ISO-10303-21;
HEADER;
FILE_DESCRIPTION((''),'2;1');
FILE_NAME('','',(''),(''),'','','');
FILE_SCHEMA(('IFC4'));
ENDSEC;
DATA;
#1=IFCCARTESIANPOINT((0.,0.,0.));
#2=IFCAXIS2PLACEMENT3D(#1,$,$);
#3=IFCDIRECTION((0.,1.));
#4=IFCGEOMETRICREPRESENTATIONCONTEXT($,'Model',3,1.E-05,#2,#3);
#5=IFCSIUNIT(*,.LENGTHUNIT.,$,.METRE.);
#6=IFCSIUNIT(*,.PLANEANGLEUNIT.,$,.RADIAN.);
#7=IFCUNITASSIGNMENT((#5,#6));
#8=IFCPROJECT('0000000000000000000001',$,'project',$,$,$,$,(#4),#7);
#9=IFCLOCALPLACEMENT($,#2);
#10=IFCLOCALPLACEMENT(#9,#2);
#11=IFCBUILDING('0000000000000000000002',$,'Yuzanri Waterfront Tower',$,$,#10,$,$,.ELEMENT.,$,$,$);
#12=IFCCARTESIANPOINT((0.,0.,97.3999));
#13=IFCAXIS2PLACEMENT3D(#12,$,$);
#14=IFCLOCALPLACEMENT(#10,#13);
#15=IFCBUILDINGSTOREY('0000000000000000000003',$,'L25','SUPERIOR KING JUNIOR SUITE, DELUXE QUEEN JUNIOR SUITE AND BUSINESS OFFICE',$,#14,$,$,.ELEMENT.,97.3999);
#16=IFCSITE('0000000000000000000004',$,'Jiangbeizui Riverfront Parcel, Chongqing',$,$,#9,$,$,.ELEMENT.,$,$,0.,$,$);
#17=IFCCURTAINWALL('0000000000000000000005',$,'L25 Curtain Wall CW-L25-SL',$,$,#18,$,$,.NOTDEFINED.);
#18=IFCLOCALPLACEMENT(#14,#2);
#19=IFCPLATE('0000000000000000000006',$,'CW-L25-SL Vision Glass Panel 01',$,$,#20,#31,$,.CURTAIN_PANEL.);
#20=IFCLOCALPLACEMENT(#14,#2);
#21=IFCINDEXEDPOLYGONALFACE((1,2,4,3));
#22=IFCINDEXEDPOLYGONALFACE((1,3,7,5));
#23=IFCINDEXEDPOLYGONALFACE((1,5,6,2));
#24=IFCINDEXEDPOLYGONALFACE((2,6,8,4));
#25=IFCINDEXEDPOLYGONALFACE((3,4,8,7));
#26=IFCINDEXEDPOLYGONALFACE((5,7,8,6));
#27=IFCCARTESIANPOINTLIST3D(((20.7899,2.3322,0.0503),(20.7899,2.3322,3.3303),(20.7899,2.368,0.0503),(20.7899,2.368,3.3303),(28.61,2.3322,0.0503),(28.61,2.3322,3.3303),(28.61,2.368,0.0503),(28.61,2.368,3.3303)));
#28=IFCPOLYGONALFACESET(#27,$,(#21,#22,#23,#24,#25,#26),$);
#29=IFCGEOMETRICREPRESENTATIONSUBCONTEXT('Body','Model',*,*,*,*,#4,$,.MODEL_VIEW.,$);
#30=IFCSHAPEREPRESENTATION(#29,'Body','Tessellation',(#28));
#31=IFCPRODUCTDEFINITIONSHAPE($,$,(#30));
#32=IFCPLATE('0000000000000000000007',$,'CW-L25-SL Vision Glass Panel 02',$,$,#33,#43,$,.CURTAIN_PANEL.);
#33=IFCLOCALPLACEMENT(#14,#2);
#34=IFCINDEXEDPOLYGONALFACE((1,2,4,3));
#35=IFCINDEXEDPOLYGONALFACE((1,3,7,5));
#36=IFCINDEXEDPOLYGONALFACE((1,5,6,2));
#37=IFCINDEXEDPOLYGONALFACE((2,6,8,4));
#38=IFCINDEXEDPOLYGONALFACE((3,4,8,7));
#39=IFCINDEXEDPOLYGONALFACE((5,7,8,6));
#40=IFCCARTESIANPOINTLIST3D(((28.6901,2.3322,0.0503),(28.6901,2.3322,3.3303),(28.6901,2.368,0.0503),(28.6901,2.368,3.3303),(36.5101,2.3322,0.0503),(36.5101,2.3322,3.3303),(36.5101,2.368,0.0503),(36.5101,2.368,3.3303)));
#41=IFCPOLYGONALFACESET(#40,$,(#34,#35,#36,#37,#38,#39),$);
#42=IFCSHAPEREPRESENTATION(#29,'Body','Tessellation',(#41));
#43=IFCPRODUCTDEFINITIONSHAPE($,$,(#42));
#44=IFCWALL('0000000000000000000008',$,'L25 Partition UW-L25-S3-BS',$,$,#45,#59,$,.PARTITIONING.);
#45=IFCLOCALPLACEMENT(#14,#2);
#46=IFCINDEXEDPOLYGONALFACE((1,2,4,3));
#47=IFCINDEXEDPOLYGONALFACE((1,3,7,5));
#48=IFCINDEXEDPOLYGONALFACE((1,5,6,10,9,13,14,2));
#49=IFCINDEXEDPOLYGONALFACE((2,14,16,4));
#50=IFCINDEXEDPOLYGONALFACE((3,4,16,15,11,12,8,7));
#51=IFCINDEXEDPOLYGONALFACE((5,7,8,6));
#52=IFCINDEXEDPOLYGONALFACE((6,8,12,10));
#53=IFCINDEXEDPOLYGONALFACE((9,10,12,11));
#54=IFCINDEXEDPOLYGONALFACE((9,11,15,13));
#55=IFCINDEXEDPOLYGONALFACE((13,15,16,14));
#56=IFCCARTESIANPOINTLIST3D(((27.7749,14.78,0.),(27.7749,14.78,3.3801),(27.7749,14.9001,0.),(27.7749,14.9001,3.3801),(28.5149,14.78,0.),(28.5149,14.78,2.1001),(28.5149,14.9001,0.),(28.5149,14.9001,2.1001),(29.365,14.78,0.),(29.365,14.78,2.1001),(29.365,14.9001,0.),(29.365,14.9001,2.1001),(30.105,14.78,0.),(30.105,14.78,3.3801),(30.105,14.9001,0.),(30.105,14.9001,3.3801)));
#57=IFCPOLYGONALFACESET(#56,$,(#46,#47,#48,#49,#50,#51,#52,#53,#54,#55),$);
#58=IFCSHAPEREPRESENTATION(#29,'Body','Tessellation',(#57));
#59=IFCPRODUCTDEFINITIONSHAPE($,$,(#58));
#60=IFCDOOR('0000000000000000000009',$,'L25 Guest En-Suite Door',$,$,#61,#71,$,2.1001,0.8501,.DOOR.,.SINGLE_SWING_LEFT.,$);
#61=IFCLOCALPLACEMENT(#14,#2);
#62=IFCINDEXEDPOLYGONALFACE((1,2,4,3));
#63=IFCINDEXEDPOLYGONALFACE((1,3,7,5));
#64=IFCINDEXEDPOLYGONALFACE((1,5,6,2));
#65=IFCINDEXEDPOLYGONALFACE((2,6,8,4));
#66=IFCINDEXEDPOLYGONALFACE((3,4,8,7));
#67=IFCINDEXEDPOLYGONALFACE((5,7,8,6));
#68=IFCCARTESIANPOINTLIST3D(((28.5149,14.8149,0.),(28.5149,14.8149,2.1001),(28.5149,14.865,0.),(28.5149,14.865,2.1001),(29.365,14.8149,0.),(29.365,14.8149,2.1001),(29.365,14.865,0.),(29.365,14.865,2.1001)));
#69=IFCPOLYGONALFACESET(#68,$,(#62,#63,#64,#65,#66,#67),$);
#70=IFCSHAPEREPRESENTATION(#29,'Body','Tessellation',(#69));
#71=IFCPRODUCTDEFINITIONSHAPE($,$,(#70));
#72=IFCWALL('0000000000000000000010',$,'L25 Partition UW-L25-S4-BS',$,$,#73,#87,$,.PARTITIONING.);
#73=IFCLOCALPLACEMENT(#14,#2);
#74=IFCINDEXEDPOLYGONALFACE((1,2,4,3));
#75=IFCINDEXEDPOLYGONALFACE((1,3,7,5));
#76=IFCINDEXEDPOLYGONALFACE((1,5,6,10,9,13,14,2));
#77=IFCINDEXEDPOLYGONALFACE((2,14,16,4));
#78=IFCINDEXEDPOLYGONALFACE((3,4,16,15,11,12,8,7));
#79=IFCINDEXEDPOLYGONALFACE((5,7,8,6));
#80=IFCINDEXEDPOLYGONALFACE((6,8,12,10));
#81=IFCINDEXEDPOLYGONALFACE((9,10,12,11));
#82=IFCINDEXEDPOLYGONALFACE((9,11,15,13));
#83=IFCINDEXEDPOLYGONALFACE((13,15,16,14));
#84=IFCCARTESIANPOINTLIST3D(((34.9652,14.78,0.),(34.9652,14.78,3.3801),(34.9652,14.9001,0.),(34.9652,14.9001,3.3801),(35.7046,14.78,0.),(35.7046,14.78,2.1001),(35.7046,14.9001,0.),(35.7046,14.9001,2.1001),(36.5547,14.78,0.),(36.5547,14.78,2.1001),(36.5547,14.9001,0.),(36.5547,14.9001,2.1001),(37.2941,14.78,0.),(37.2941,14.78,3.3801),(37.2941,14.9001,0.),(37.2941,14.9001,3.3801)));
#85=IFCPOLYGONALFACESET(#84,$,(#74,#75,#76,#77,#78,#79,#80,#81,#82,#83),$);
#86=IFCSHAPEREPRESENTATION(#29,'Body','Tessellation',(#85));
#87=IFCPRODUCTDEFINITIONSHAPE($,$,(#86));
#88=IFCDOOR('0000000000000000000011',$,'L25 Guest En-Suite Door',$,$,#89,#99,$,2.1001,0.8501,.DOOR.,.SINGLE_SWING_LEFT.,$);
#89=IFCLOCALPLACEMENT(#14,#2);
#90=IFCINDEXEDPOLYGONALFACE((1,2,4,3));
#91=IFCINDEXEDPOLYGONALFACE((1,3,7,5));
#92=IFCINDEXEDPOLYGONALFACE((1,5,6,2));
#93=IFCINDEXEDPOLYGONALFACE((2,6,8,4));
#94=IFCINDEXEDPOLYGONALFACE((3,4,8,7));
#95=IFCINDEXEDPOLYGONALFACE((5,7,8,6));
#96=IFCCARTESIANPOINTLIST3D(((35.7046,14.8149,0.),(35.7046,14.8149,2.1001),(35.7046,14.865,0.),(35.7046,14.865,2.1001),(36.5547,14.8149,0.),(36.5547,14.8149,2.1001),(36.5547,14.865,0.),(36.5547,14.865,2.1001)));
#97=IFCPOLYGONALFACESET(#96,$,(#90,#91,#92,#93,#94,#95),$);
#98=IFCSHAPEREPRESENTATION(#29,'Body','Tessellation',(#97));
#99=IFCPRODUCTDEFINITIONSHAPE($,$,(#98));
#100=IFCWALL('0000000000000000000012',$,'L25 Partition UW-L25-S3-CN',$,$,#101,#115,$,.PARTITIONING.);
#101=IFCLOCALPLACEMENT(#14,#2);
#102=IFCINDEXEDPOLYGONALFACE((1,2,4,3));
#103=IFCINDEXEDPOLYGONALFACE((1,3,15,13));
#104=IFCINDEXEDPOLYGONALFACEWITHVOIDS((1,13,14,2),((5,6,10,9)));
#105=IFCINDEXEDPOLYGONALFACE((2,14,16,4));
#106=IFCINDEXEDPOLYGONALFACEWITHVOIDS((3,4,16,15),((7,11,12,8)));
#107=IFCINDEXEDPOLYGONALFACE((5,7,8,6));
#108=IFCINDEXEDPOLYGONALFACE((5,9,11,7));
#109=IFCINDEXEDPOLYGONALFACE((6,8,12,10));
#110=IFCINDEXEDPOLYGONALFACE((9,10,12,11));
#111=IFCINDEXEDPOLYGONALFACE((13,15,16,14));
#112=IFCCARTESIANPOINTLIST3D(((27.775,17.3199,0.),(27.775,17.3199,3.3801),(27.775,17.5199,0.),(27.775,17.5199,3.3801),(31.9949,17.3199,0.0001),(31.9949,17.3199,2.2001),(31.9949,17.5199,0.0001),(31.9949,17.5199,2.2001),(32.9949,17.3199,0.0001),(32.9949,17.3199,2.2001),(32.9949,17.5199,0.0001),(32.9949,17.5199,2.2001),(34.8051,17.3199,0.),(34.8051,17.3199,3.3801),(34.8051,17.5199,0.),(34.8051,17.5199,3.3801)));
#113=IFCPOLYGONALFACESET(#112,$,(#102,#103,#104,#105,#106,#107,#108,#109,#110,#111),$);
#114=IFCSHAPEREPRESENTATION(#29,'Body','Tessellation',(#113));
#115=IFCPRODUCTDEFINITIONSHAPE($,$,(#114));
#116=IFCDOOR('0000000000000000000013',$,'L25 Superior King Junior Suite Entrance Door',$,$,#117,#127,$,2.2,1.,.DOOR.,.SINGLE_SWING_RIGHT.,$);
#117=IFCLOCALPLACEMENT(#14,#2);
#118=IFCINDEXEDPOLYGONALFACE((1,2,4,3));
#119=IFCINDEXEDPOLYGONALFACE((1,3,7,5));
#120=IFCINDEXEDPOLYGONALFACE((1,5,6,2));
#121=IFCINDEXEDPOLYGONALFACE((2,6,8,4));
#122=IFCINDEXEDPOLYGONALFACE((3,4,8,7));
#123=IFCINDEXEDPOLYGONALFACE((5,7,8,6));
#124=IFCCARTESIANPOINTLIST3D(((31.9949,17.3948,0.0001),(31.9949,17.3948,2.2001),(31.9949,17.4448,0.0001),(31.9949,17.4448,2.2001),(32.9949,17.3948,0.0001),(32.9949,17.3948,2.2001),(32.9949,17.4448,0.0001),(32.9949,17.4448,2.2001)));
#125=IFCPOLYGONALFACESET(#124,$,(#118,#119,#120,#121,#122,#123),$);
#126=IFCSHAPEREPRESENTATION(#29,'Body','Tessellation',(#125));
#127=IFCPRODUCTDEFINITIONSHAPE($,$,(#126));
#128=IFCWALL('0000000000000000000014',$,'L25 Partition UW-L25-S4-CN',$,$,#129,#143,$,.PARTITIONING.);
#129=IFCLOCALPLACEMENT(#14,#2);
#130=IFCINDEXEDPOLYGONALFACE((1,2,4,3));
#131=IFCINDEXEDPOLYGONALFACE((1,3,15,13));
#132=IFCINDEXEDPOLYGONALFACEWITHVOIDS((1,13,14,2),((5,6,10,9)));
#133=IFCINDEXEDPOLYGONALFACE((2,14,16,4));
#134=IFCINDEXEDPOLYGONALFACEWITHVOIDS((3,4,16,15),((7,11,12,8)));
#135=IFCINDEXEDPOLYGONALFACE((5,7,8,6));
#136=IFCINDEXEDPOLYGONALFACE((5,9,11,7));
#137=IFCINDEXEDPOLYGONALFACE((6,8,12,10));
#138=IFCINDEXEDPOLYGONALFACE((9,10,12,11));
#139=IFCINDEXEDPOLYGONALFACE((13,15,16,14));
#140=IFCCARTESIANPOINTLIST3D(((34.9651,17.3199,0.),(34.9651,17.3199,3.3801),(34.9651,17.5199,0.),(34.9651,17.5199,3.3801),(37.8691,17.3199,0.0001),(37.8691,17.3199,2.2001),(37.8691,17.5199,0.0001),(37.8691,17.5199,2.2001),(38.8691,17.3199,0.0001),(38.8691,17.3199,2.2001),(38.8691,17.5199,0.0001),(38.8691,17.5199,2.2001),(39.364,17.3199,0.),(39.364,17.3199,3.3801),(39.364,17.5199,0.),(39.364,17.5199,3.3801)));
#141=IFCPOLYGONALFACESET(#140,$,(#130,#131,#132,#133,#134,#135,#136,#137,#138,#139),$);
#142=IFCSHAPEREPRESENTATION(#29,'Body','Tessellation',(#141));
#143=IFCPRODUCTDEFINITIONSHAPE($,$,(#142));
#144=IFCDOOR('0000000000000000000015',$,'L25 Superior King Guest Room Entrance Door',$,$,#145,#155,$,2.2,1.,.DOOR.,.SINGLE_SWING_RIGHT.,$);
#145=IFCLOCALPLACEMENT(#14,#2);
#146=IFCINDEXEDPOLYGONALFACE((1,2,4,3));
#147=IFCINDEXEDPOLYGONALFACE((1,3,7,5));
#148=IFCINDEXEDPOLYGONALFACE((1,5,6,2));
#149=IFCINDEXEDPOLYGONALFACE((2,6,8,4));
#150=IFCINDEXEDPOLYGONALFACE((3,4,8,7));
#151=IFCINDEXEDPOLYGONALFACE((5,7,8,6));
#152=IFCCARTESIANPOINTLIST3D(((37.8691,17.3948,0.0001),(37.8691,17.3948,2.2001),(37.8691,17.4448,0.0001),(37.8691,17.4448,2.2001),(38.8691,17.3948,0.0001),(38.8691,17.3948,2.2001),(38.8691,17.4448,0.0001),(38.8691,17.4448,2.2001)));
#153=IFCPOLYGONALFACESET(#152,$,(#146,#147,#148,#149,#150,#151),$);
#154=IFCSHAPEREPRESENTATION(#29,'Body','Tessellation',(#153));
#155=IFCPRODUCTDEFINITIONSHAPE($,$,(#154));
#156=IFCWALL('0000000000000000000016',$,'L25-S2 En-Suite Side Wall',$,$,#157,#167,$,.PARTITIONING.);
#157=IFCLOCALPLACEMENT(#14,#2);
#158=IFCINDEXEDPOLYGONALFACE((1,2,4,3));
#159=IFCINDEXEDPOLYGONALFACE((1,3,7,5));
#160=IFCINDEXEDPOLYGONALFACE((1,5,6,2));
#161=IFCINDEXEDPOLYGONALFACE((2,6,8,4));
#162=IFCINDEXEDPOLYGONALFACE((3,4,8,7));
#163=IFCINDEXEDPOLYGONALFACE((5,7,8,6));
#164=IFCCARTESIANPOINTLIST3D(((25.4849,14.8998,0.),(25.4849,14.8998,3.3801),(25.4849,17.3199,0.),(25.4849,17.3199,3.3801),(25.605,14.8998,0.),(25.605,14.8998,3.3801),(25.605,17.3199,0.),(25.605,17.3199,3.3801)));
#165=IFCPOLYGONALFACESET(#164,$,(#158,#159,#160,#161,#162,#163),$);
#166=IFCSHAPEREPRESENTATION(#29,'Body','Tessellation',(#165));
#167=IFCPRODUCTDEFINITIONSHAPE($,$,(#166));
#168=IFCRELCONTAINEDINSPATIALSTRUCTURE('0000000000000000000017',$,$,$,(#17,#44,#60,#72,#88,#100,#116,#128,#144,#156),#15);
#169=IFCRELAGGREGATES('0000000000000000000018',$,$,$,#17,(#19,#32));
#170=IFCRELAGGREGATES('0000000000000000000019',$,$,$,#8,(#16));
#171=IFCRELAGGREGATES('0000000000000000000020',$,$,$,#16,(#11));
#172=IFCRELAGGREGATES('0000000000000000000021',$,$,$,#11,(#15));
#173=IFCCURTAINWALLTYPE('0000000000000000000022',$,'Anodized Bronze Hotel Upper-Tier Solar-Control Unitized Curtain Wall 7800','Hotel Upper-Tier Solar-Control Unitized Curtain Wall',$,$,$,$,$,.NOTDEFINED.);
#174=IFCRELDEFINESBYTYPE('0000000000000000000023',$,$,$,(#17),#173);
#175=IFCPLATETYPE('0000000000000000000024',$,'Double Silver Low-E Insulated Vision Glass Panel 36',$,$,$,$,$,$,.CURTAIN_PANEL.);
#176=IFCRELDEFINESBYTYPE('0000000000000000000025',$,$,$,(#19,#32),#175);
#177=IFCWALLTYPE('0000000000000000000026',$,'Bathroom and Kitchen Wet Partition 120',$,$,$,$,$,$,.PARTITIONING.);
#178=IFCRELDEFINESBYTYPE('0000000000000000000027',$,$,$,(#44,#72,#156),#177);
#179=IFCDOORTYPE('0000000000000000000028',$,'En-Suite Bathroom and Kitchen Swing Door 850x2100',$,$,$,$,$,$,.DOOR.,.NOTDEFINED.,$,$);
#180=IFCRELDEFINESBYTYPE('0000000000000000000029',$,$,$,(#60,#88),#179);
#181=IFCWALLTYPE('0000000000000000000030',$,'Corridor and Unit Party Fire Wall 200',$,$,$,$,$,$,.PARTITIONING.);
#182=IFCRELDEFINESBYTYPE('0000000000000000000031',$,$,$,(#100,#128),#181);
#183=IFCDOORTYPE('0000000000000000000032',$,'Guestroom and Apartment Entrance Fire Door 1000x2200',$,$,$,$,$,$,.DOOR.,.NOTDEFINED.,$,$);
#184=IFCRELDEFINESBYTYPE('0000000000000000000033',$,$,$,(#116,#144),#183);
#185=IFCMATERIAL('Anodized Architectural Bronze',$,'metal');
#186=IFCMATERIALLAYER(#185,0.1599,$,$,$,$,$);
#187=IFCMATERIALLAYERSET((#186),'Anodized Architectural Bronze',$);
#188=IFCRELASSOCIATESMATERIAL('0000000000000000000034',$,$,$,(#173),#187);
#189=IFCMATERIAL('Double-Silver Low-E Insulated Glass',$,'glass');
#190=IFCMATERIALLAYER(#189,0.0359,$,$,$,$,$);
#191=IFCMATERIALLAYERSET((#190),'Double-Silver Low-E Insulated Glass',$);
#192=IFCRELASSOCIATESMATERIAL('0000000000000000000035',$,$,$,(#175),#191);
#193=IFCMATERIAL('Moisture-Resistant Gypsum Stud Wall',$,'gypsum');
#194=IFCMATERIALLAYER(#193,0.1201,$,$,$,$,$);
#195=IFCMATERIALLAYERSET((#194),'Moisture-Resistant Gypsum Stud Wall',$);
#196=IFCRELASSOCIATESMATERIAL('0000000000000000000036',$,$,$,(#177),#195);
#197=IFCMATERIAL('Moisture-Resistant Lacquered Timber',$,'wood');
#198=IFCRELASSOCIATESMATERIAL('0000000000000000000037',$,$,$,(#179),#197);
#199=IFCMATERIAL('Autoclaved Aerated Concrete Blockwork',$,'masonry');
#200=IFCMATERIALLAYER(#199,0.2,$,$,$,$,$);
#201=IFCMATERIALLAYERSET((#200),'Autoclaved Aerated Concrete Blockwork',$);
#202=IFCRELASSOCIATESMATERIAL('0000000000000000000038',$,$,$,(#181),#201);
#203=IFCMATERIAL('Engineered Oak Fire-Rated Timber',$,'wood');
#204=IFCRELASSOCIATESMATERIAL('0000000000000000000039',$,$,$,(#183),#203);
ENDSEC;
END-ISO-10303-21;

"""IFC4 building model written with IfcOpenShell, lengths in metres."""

from ifc_helpers import new_model, si_unit, direction, frame, frame_2d, origin, origin_2d, place, context, subcontext, project, spatial, rectangle, extrude, source, transform, mapped, material, layer, layer_set, type_object, element, fill, aggregate, save


model = new_model("IFC4")

# Units and contexts
model_context = context("Model", 3, precision=1e-05, world=origin(), true_north=direction((0.0, 1.0)))
body_context = subcontext(model_context, "Body", "Model", "MODEL_VIEW")
ifc_project = project(units=[si_unit("LENGTHUNIT", "METRE"), si_unit("PLANEANGLEUNIT", "RADIAN")], contexts=[model_context])

# Site, building, storey
site_placement = place(None, origin())
site = spatial("IfcSite", under=ifc_project, at=site_placement, Name="Jiangbeizui Riverfront Parcel, Chongqing", CompositionType="ELEMENT", RefElevation=0.0)
building_placement = place(site_placement, origin())
building = spatial("IfcBuilding", under=site, at=building_placement, Name="Yuzanri Waterfront Tower", CompositionType="ELEMENT")
storey_placement = place(building_placement, frame((0.0, 0.0, 97.3999)))
storey = spatial("IfcBuildingStorey", under=building, at=storey_placement, Name="L25", Description="SUPERIOR KING JUNIOR SUITE, DELUXE QUEEN JUNIOR SUITE AND BUSINESS OFFICE", CompositionType="ELEMENT", Elevation=97.3999)

# Curtain wall, plates
ifc_material_1 = material(Name="Anodized Architectural Bronze", Category="metal")
ifc_layer_1 = layer(ifc_material_1, 0.1599)
ifc_layer_set_1 = layer_set([ifc_layer_1], Name="Anodized Architectural Bronze")
curtain_wall_type = type_object("IfcCurtainWallType", Name="Anodized Bronze Hotel Upper-Tier Solar-Control Unitized Curtain Wall 7800", Description="Hotel Upper-Tier Solar-Control Unitized Curtain Wall", PredefinedType="NOTDEFINED", material=ifc_layer_set_1)
curtain_wall_placement = place(storey_placement, origin())
curtain_wall = element("IfcCurtainWall", 1, at=curtain_wall_placement, inside=storey, type_object=curtain_wall_type, Name="L25 Curtain Wall CW-L25-SL", PredefinedType="NOTDEFINED")
ifc_material_2 = material(Name="Double-Silver Low-E Insulated Glass", Category="glass")
ifc_layer_2 = layer(ifc_material_2, 0.0359)
ifc_layer_set_2 = layer_set([ifc_layer_2], Name="Double-Silver Low-E Insulated Glass")
plate_type = type_object("IfcPlateType", Name="Double Silver Low-E Insulated Vision Glass Panel 36", PredefinedType="CURTAIN_PANEL", material=ifc_layer_set_2)
shared_shape_1 = source(origin(), body_context, "Body", "SweptSolid", [
    extrude(rectangle(XDim=7.8201, YDim=0.0359, at=origin_2d()), origin(), (0.0, 0.0, 1.0), 3.28),
])
plate_1_placement = place(storey_placement, frame((24.7, 2.3501, 0.0503), z_axis=(0.0, 0.0, 1.0), x_axis=(1.0, 0.0, 0.0)))
plate_1 = element("IfcPlate", 2, at=plate_1_placement, type_object=plate_type, Name="CW-L25-SL Vision Glass Panel 01", PredefinedType="CURTAIN_PANEL", context=body_context, shape_type="MappedRepresentation", body=[
    mapped(shared_shape_1, transform((0.0, 0.0, 0.0), scale=1.0)),
])
plate_2_placement = place(storey_placement, frame((32.6001, 2.3501, 0.0503), z_axis=(0.0, 0.0, 1.0), x_axis=(1.0, 0.0, 0.0)))
plate_2 = element("IfcPlate", 3, at=plate_2_placement, type_object=plate_type, Name="CW-L25-SL Vision Glass Panel 02", PredefinedType="CURTAIN_PANEL", context=body_context, shape_type="MappedRepresentation", body=[
    mapped(shared_shape_1, transform((0.0, 0.0, 0.0), scale=1.0)),
])
aggregate(curtain_wall, [plate_1, plate_2])

# Walls, openings, doors
ifc_material_3 = material(Name="Moisture-Resistant Gypsum Stud Wall", Category="gypsum")
ifc_layer_3 = layer(ifc_material_3, 0.1201)
ifc_layer_set_3 = layer_set([ifc_layer_3], Name="Moisture-Resistant Gypsum Stud Wall")
wall_type_1 = type_object("IfcWallType", Name="Bathroom and Kitchen Wet Partition 120", PredefinedType="PARTITIONING", material=ifc_layer_set_3)
wall_1_placement = place(storey_placement, frame((27.7749, 14.8401, 0.0), z_axis=(0.0, 0.0, 1.0), x_axis=(1.0, 0.0, 0.0)))
wall_1 = element("IfcWall", 4, at=wall_1_placement, inside=storey, type_object=wall_type_1, Name="L25 Partition UW-L25-S3-BS", PredefinedType="PARTITIONING", context=body_context, shape_type="SweptSolid", body=[
    extrude(rectangle(XDim=2.3301, YDim=0.1201, at=frame_2d((1.165, 0.0))), origin(), (0.0, 0.0, 1.0), 3.3801),
])
opening_1_placement = place(wall_1_placement, frame((0.74, 0.0, 0.0)))
opening_1 = element("IfcOpeningElement", 5, at=opening_1_placement, cuts=wall_1, PredefinedType="OPENING", context=body_context, shape_type="SweptSolid", body=[
    extrude(rectangle(XDim=0.8501, YDim=2.1001, at=frame_2d((0.425, 1.05))), frame((0.0, 0.075, 0.0), z_axis=(0.0, -1.0, 0.0), x_axis=(1.0, 0.0, 0.0)), (0.0, 0.0, 1.0), 0.1499),
])
ifc_material_4 = material(Name="Moisture-Resistant Lacquered Timber", Category="wood")
door_type_1 = type_object("IfcDoorType", Name="En-Suite Bathroom and Kitchen Swing Door 850x2100", OperationType="NOTDEFINED", PredefinedType="DOOR", material=ifc_material_4)
shared_shape_2 = source(origin(), body_context, "Body", "SweptSolid", [
    extrude(rectangle(XDim=0.8501, YDim=2.1001, at=frame_2d((0.425, 1.05))), frame((0.0, 0.0249, 0.0), z_axis=(0.0, -1.0, 0.0), x_axis=(1.0, 0.0, 0.0)), (0.0, 0.0, 1.0), 0.05),
])
door_1_placement = place(opening_1_placement, origin())
door_1 = element("IfcDoor", 6, at=door_1_placement, inside=storey, type_object=door_type_1, Name="L25 Guest En-Suite Door", OperationType="SINGLE_SWING_LEFT", OverallHeight=2.1001, OverallWidth=0.8501, PredefinedType="DOOR", context=body_context, shape_type="MappedRepresentation", body=[
    mapped(shared_shape_2, transform((0.0, 0.0, 0.0), scale=1.0)),
])
fill(opening_1, door_1)
wall_2_placement = place(storey_placement, frame((34.9651, 14.8401, 0.0), z_axis=(0.0, 0.0, 1.0), x_axis=(1.0, 0.0, 0.0)))
wall_2 = element("IfcWall", 7, at=wall_2_placement, inside=storey, type_object=wall_type_1, Name="L25 Partition UW-L25-S4-BS", PredefinedType="PARTITIONING", context=body_context, shape_type="SweptSolid", body=[
    extrude(rectangle(XDim=2.3289, YDim=0.1201, at=frame_2d((1.1646, 0.0))), origin(), (0.0, 0.0, 1.0), 3.3801),
])
opening_2_placement = place(wall_2_placement, frame((0.7395, 0.0, 0.0)))
opening_2 = element("IfcOpeningElement", 8, at=opening_2_placement, cuts=wall_2, PredefinedType="OPENING", context=body_context, shape_type="SweptSolid", body=[
    extrude(rectangle(XDim=0.8501, YDim=2.1001, at=frame_2d((0.425, 1.05))), frame((0.0, 0.075, 0.0), z_axis=(0.0, -1.0, 0.0), x_axis=(1.0, 0.0, 0.0)), (0.0, 0.0, 1.0), 0.1499),
])
door_2_placement = place(opening_2_placement, origin())
door_2 = element("IfcDoor", 9, at=door_2_placement, inside=storey, type_object=door_type_1, Name="L25 Guest En-Suite Door", OperationType="SINGLE_SWING_LEFT", OverallHeight=2.1001, OverallWidth=0.8501, PredefinedType="DOOR", context=body_context, shape_type="MappedRepresentation", body=[
    mapped(shared_shape_2, transform((0.0, 0.0, 0.0), scale=1.0)),
])
fill(opening_2, door_2)

# Walls, openings, doors
ifc_material_5 = material(Name="Autoclaved Aerated Concrete Blockwork", Category="masonry")
ifc_layer_4 = layer(ifc_material_5, 0.2)
ifc_layer_set_4 = layer_set([ifc_layer_4], Name="Autoclaved Aerated Concrete Blockwork")
wall_type_2 = type_object("IfcWallType", Name="Corridor and Unit Party Fire Wall 200", PredefinedType="PARTITIONING", material=ifc_layer_set_4)
wall_3_placement = place(storey_placement, frame((27.7749, 17.4199, 0.0), z_axis=(0.0, 0.0, 1.0), x_axis=(1.0, 0.0, 0.0)))
wall_3 = element("IfcWall", 10, at=wall_3_placement, inside=storey, type_object=wall_type_2, Name="L25 Partition UW-L25-S3-CN", PredefinedType="PARTITIONING", context=body_context, shape_type="SweptSolid", body=[
    extrude(rectangle(XDim=7.03, YDim=0.2, at=frame_2d((3.5151, 0.0))), origin(), (0.0, 0.0, 1.0), 3.3801),
])
opening_3_placement = place(wall_3_placement, frame((4.22, 0.0, 0.0)))
opening_3 = element("IfcOpeningElement", 11, at=opening_3_placement, cuts=wall_3, PredefinedType="OPENING", context=body_context, shape_type="SweptSolid", body=[
    extrude(rectangle(XDim=1.0, YDim=2.2, at=frame_2d((0.5, 1.1001))), frame((0.0, 0.1147, 0.0), z_axis=(0.0, -1.0, 0.0), x_axis=(1.0, 0.0, 0.0)), (0.0, 0.0, 1.0), 0.2297),
])
ifc_material_6 = material(Name="Engineered Oak Fire-Rated Timber", Category="wood")
door_type_2 = type_object("IfcDoorType", Name="Guestroom and Apartment Entrance Fire Door 1000x2200", OperationType="NOTDEFINED", PredefinedType="DOOR", material=ifc_material_6)
shared_shape_3 = source(origin(), body_context, "Body", "SweptSolid", [
    extrude(rectangle(XDim=1.0, YDim=2.2, at=frame_2d((0.5, 1.1001))), frame((0.0, 0.0249, 0.0), z_axis=(0.0, -1.0, 0.0), x_axis=(1.0, 0.0, 0.0)), (0.0, 0.0, 1.0), 0.05),
])
door_3_placement = place(opening_3_placement, origin())
door_3 = element("IfcDoor", 12, at=door_3_placement, inside=storey, type_object=door_type_2, Name="L25 Superior King Junior Suite Entrance Door", OperationType="SINGLE_SWING_RIGHT", OverallHeight=2.2, OverallWidth=1.0, PredefinedType="DOOR", context=body_context, shape_type="MappedRepresentation", body=[
    mapped(shared_shape_3, transform((0.0, 0.0, 0.0), scale=1.0)),
])
fill(opening_3, door_3)
wall_4_placement = place(storey_placement, frame((34.9651, 17.4199, 0.0), z_axis=(0.0, 0.0, 1.0), x_axis=(1.0, 0.0, 0.0)))
wall_4 = element("IfcWall", 13, at=wall_4_placement, inside=storey, type_object=wall_type_2, Name="L25 Partition UW-L25-S4-CN", PredefinedType="PARTITIONING", context=body_context, shape_type="SweptSolid", body=[
    extrude(rectangle(XDim=4.3989, YDim=0.2, at=frame_2d((2.1995, 0.0))), origin(), (0.0, 0.0, 1.0), 3.3801),
])
opening_4_placement = place(wall_4_placement, frame((2.9041, 0.0, 0.0)))
opening_4 = element("IfcOpeningElement", 14, at=opening_4_placement, cuts=wall_4, PredefinedType="OPENING", context=body_context, shape_type="SweptSolid", body=[
    extrude(rectangle(XDim=1.0, YDim=2.2, at=frame_2d((0.5, 1.1001))), frame((0.0, 0.1147, 0.0), z_axis=(0.0, -1.0, 0.0), x_axis=(1.0, 0.0, 0.0)), (0.0, 0.0, 1.0), 0.2297),
])
door_4_placement = place(opening_4_placement, origin())
door_4 = element("IfcDoor", 15, at=door_4_placement, inside=storey, type_object=door_type_2, Name="L25 Superior King Guest Room Entrance Door", OperationType="SINGLE_SWING_RIGHT", OverallHeight=2.2, OverallWidth=1.0, PredefinedType="DOOR", context=body_context, shape_type="MappedRepresentation", body=[
    mapped(shared_shape_3, transform((0.0, 0.0, 0.0), scale=1.0)),
])
fill(opening_4, door_4)

# Wall
shared_shape_4 = source(origin(), body_context, "Body", "SweptSolid", [
    extrude(rectangle(XDim=2.4202, YDim=0.1201, at=frame_2d((1.21, 0.0))), origin(), (0.0, 0.0, 1.0), 3.3801),
])
for number, where, z_axis, x_axis, name in (
    (16, (25.5449, 14.8999, 0.0), (0.0, 0.0, 1.0), (0.0, 1.0, 0.0), "L25-S2 En-Suite Side Wall"),
):
    element("IfcWall", number, at=place(storey_placement, frame(where, z_axis=z_axis, x_axis=x_axis)), inside=storey, type_object=wall_type_1, Name=name, PredefinedType="PARTITIONING", context=body_context, shape_type="MappedRepresentation", body=[
        mapped(shared_shape_4, transform((0.0, 0.0, 0.0), scale=1.0)),
    ])

save(model, "model.ifc")
